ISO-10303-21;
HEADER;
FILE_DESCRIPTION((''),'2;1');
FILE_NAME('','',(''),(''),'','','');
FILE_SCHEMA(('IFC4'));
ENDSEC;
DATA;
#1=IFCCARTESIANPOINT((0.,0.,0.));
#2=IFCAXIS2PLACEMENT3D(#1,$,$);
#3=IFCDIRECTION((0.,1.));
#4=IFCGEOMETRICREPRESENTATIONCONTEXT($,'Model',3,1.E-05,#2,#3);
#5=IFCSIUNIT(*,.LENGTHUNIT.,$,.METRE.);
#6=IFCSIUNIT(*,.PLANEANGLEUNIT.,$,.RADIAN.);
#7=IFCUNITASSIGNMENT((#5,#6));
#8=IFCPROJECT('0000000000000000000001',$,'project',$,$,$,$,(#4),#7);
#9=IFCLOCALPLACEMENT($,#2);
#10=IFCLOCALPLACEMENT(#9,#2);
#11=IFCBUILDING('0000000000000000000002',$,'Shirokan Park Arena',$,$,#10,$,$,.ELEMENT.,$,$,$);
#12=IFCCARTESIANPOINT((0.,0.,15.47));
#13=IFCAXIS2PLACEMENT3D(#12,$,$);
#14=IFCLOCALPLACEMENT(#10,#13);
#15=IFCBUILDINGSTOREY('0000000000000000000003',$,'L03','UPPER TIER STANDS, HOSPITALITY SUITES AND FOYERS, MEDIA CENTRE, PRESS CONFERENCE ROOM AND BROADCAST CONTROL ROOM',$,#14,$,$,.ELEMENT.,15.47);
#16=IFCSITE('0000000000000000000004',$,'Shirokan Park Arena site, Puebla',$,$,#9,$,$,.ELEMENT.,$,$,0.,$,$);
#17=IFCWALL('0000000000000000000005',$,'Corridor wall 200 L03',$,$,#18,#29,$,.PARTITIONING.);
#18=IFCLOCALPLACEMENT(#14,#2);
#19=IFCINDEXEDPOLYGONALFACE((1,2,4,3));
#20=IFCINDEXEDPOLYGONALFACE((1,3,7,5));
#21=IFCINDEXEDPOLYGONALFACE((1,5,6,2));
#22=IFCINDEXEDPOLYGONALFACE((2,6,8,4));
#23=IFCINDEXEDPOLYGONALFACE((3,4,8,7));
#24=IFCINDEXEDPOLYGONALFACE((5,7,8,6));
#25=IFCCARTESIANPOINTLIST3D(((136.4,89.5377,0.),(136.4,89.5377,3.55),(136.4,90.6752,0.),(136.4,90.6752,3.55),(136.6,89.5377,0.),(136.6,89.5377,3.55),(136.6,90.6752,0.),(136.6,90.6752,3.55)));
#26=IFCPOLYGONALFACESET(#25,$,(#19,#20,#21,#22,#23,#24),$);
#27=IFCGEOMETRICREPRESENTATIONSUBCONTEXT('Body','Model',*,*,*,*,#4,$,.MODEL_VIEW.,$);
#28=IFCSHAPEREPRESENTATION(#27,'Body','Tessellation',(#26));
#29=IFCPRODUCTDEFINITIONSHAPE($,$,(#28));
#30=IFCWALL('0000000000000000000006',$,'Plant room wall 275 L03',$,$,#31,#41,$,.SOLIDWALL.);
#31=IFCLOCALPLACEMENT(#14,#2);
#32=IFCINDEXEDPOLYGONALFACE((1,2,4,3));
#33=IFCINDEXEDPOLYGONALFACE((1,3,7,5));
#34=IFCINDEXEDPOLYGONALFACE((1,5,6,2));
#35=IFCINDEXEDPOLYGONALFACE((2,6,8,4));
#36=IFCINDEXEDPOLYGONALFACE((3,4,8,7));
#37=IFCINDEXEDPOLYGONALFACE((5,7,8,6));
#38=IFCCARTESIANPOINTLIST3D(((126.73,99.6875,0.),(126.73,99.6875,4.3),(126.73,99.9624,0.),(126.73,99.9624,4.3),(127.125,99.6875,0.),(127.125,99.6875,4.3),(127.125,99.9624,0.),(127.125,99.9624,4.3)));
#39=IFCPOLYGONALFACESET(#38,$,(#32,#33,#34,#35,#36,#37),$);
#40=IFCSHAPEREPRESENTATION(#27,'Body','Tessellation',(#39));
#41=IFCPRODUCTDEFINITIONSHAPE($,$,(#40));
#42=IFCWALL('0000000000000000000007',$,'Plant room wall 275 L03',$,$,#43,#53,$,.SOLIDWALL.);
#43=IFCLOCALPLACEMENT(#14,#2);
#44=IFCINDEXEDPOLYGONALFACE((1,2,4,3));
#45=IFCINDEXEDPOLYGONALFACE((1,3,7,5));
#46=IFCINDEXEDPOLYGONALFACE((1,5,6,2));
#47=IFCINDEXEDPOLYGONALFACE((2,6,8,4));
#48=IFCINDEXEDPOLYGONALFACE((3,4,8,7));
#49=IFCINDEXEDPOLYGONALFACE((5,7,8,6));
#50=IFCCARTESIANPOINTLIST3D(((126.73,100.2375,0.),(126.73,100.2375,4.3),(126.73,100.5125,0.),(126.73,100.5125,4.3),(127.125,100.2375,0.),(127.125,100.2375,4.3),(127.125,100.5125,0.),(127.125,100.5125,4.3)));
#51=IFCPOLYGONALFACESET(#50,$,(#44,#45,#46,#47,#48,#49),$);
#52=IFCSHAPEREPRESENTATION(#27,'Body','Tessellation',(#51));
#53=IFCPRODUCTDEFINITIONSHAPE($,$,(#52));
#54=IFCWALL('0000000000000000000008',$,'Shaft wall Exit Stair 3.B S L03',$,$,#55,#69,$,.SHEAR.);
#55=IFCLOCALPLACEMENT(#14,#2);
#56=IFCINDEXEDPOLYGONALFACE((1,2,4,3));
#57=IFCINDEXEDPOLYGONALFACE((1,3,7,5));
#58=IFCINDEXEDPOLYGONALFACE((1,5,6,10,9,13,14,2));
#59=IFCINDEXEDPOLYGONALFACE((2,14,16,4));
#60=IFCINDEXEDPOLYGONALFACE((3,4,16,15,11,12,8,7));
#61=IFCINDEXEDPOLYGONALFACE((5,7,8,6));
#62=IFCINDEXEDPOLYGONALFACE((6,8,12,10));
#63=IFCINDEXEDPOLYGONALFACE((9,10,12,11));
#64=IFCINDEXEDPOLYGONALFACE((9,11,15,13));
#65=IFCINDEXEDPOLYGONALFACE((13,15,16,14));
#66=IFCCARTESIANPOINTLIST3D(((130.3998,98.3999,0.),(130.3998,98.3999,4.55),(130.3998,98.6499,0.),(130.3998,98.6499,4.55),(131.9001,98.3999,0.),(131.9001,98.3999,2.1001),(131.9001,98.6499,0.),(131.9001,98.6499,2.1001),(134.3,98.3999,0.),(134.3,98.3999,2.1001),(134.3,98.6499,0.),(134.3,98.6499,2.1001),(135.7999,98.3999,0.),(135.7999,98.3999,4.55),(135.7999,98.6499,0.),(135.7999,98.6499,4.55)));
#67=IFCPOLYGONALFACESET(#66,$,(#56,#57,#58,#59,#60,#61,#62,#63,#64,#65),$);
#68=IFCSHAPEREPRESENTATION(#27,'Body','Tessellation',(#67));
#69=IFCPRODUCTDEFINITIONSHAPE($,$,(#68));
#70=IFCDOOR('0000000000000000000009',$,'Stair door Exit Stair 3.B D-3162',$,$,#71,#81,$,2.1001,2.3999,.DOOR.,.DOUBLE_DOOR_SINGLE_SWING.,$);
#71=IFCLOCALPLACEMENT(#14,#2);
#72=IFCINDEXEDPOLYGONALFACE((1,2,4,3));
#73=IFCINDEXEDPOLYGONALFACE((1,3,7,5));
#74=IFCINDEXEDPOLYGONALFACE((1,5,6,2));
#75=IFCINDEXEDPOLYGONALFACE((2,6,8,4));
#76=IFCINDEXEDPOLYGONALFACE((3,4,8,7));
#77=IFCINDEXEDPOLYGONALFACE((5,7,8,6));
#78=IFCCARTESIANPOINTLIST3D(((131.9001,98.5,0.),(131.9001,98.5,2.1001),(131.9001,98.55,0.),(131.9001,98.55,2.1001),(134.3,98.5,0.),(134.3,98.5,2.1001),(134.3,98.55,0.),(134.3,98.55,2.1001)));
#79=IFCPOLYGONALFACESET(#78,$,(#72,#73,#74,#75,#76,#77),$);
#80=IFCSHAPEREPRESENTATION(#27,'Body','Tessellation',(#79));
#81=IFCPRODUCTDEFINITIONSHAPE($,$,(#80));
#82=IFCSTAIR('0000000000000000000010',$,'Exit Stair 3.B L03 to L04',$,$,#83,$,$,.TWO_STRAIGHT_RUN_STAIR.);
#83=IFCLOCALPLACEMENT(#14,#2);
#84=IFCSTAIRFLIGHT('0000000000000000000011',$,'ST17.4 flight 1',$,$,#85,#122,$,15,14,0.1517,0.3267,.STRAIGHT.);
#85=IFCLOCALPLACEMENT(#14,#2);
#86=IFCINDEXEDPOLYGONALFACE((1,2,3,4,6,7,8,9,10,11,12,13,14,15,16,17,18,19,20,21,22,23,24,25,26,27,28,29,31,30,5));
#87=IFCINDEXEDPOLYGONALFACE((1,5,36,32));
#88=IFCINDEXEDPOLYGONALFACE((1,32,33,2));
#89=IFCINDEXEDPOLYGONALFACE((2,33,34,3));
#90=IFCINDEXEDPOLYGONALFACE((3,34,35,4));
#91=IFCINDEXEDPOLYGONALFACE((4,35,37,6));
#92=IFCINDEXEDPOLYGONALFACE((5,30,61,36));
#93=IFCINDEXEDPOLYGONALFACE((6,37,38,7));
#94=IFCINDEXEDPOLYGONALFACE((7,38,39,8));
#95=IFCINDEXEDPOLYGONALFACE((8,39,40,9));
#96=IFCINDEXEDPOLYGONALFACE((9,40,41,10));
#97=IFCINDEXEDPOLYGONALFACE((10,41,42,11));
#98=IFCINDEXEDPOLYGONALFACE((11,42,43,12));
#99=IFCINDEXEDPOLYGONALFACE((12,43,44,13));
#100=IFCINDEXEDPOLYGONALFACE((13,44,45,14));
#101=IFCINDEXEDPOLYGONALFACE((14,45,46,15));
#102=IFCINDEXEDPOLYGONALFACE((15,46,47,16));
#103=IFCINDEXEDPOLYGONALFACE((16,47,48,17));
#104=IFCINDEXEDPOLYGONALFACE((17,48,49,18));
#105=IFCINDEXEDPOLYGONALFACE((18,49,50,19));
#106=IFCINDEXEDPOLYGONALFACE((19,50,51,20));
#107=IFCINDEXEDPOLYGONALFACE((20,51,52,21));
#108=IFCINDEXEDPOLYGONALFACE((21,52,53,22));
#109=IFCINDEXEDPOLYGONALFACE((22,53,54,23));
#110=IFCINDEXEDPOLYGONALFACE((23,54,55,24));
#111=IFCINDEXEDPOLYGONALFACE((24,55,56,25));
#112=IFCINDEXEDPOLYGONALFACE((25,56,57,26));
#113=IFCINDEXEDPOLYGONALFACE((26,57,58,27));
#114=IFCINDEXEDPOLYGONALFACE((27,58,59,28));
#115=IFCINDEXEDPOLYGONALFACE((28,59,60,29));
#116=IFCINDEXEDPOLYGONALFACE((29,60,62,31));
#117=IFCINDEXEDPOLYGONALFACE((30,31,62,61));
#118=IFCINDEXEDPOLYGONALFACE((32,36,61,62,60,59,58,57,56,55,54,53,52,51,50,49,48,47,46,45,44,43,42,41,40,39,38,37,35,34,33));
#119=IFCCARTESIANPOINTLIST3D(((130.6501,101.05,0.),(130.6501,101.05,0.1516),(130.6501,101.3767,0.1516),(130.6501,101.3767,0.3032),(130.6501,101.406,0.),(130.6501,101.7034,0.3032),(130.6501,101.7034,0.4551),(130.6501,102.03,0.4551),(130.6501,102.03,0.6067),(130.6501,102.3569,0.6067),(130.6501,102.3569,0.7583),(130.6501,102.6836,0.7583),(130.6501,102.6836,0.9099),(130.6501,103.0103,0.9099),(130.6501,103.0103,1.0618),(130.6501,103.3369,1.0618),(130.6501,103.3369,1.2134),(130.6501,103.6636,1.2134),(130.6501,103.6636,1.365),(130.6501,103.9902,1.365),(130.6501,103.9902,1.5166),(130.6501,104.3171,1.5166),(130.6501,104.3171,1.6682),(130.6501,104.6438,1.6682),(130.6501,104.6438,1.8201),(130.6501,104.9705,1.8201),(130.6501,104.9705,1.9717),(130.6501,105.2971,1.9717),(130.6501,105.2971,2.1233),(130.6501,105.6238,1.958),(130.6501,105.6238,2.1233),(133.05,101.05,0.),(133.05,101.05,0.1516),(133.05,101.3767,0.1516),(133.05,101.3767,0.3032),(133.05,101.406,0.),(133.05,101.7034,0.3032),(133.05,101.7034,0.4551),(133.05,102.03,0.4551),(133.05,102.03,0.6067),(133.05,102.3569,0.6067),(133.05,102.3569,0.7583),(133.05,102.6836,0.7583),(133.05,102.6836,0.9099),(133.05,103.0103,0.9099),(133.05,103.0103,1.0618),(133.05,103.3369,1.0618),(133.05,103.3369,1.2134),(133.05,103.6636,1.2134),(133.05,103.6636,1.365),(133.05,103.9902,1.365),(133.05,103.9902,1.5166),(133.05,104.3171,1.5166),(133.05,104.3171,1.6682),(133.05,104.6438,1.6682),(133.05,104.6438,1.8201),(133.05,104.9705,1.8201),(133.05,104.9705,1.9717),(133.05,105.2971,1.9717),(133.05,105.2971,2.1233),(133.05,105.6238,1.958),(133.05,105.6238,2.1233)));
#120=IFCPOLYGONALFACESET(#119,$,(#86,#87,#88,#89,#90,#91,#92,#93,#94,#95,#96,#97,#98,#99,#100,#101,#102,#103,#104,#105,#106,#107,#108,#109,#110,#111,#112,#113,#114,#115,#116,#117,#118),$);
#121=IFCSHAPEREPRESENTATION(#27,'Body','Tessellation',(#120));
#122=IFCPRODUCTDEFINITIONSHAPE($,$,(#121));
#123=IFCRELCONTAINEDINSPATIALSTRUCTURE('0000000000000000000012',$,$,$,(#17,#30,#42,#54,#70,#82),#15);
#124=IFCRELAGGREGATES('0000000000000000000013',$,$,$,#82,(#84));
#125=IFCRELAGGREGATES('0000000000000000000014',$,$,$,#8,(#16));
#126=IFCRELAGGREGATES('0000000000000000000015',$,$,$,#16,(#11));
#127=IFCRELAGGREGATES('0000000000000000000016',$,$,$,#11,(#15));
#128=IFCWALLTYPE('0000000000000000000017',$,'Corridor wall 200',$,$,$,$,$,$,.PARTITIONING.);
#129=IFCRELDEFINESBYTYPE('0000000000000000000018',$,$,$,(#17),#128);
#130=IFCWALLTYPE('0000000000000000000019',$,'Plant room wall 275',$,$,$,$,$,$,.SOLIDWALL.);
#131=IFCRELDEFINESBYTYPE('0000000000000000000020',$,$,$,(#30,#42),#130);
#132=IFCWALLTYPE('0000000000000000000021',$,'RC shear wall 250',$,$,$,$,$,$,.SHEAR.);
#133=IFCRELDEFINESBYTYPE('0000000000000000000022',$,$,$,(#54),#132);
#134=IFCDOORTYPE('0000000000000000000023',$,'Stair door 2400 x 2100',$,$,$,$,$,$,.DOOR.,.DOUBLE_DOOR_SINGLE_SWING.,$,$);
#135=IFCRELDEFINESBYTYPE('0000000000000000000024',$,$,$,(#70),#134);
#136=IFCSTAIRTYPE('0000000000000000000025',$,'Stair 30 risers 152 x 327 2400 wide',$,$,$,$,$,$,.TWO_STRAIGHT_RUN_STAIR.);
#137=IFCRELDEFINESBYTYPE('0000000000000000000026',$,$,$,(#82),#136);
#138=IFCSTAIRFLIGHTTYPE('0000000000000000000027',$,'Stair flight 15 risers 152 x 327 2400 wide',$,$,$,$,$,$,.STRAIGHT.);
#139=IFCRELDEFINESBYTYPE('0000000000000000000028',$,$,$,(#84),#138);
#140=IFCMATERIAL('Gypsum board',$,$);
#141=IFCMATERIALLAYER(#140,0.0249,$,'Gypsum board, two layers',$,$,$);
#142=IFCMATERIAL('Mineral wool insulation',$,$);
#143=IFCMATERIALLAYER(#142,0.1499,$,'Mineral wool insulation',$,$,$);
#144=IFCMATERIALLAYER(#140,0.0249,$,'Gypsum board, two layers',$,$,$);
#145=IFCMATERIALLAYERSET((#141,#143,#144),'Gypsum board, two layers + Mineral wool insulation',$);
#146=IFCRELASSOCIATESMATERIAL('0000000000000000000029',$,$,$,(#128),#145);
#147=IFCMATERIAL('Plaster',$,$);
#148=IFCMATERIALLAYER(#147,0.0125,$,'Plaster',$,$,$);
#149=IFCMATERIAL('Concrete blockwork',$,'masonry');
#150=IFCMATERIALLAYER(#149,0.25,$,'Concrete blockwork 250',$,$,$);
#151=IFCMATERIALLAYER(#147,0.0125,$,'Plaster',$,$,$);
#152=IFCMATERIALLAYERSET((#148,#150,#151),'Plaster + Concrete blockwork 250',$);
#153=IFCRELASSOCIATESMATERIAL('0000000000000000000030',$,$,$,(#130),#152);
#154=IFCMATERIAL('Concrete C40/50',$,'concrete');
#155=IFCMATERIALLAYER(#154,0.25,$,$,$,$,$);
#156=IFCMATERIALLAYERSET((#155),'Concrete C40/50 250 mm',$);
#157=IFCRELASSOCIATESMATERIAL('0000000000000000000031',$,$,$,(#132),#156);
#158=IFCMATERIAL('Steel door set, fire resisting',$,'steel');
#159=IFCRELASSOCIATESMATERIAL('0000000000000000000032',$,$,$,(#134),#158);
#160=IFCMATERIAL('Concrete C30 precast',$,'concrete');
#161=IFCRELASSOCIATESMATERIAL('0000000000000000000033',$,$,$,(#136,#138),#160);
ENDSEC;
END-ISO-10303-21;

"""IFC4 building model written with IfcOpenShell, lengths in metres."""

from ifc_helpers import new_model, si_unit, direction, frame, frame_2d, origin, place, context, subcontext, project, spatial, polyline, rectangle, outline, extrude, material, layer, layer_set, type_object, element, fill, aggregate, save


model = new_model("IFC4")

# Units and contexts
model_context = context("Model", 3, precision=1e-05, world=origin(), true_north=direction((0.0, 1.0)))
body_context = subcontext(model_context, "Body", "Model", "MODEL_VIEW")
ifc_project = project(units=[si_unit("LENGTHUNIT", "METRE"), si_unit("PLANEANGLEUNIT", "RADIAN")], contexts=[model_context])

# Site, building, storey
site_placement = place(None, origin())
site = spatial("IfcSite", under=ifc_project, at=site_placement, Name="Shirokan Park Arena site, Puebla", CompositionType="ELEMENT", RefElevation=0.0)
building_placement = place(site_placement, origin())
building = spatial("IfcBuilding", under=site, at=building_placement, Name="Shirokan Park Arena", CompositionType="ELEMENT")
storey_placement = place(building_placement, frame((0.0, 0.0, 15.47)))
storey = spatial("IfcBuildingStorey", under=building, at=storey_placement, Name="L03", Description="UPPER TIER STANDS, HOSPITALITY SUITES AND FOYERS, MEDIA CENTRE, PRESS CONFERENCE ROOM AND BROADCAST CONTROL ROOM", CompositionType="ELEMENT", Elevation=15.47)

# Shared definitions
ifc_material_1 = material(Name="Plaster")
ifc_material_2 = material(Name="Concrete blockwork", Category="masonry")

# Shared definitions
ifc_material_3 = material(Name="Gypsum board")
ifc_layer_1 = layer(ifc_material_3, 0.0249, Name="Gypsum board, two layers")
ifc_material_4 = material(Name="Mineral wool insulation")
ifc_layer_2 = layer(ifc_material_4, 0.1499, Name="Mineral wool insulation")
ifc_layer_3 = layer(ifc_material_3, 0.0249, Name="Gypsum board, two layers")
ifc_layer_set_1 = layer_set([ifc_layer_1, ifc_layer_2, ifc_layer_3], Name="Gypsum board, two layers + Mineral wool insulation")
wall_type_1 = type_object("IfcWallType", Name="Corridor wall 200", PredefinedType="PARTITIONING", material=ifc_layer_set_1)

# Wall
wall_1_placement = place(storey_placement, frame((136.5, 89.5376, 0.0), z_axis=(0.0, 0.0, 1.0), x_axis=(0.0, 1.0, 0.0)))
element("IfcWall", 1, at=wall_1_placement, inside=storey, type_object=wall_type_1, Name="Corridor wall 200 L03", PredefinedType="PARTITIONING", context=body_context, shape_type="SweptSolid", body=[
    extrude(rectangle(XDim=1.1375, YDim=0.2, at=frame_2d((0.5688, 0.0))), origin(), (0.0, 0.0, 1.0), 3.55),
])

# Walls
ifc_layer_4 = layer(ifc_material_1, 0.0125, Name="Plaster")
ifc_layer_5 = layer(ifc_material_2, 0.25, Name="Concrete blockwork 250")
ifc_layer_6 = layer(ifc_material_1, 0.0125, Name="Plaster")
ifc_layer_set_2 = layer_set([ifc_layer_4, ifc_layer_5, ifc_layer_6], Name="Plaster + Concrete blockwork 250")
wall_type_2 = type_object("IfcWallType", Name="Plant room wall 275", PredefinedType="SOLIDWALL", material=ifc_layer_set_2)
for number, where, z_axis, x_axis, name in (
    (2, (126.73, 99.825, 0.0), (0.0, 0.0, 1.0), (1.0, 0.0, 0.0), "Plant room wall 275 L03"),
    (3, (127.125, 100.375, 0.0), (0.0, 0.0, 1.0), (-1.0, 0.0, 0.0), "Plant room wall 275 L03"),
):
    element("IfcWall", number, at=place(storey_placement, frame(where, z_axis=z_axis, x_axis=x_axis)), inside=storey, type_object=wall_type_2, Name=name, PredefinedType="SOLIDWALL", context=body_context, shape_type="SweptSolid", body=[
        extrude(rectangle(XDim=0.395, YDim=0.2749, at=frame_2d((0.1975, 0.0))), origin(), (0.0, 0.0, 1.0), 4.3),
    ])

# Wall, opening, door
ifc_material_5 = material(Name="Concrete C40/50", Category="concrete")
ifc_layer_7 = layer(ifc_material_5, 0.25)
ifc_layer_set_3 = layer_set([ifc_layer_7], Name="Concrete C40/50 250 mm")
wall_type_3 = type_object("IfcWallType", Name="RC shear wall 250", PredefinedType="SHEAR", material=ifc_layer_set_3)
wall_2_placement = place(storey_placement, frame((135.8, 98.5249, 0.0), z_axis=(0.0, 0.0, 1.0), x_axis=(-1.0, 0.0, 0.0)))
wall_2 = element("IfcWall", 4, at=wall_2_placement, inside=storey, type_object=wall_type_3, Name="Shaft wall Exit Stair 3.B S L03", PredefinedType="SHEAR", context=body_context, shape_type="SweptSolid", body=[
    extrude(rectangle(XDim=5.4001, YDim=0.25, at=frame_2d((2.7002, 0.0))), origin(), (0.0, 0.0, 1.0), 4.55),
])
opening_1_placement = place(wall_2_placement, frame((1.5, 0.0, 0.0)))
opening_1 = element("IfcOpeningElement", 5, at=opening_1_placement, cuts=wall_2, PredefinedType="OPENING", context=body_context, shape_type="SweptSolid", body=[
    extrude(rectangle(XDim=2.3999, YDim=2.1001, at=frame_2d((1.2, 1.05))), frame((0.0, 0.135, 0.0), z_axis=(0.0, -1.0, 0.0), x_axis=(1.0, 0.0, 0.0)), (0.0, 0.0, 1.0), 0.27),
])
ifc_material_6 = material(Name="Steel door set, fire resisting", Category="steel")
door_type_1 = type_object("IfcDoorType", Name="Stair door 2400 x 2100", OperationType="DOUBLE_DOOR_SINGLE_SWING", PredefinedType="DOOR", material=ifc_material_6)
door_1_placement = place(opening_1_placement, origin())
door_1 = element("IfcDoor", 6, at=door_1_placement, inside=storey, type_object=door_type_1, Name="Stair door Exit Stair 3.B D-3162", OperationType="DOUBLE_DOOR_SINGLE_SWING", OverallHeight=2.1001, OverallWidth=2.3999, PredefinedType="DOOR", context=body_context, shape_type="SweptSolid", body=[
    extrude(rectangle(XDim=2.3999, YDim=2.1001, at=frame_2d((1.2, 1.05))), frame((0.0, 0.0249, 0.0), z_axis=(0.0, -1.0, 0.0), x_axis=(1.0, 0.0, 0.0)), (0.0, 0.0, 1.0), 0.05),
])
fill(opening_1, door_1)

# Stair, stair flight
ifc_material_7 = material(Name="Concrete C30 precast", Category="concrete")
stair_type = type_object("IfcStairType", Name="Stair 30 risers 152 x 327 2400 wide", PredefinedType="TWO_STRAIGHT_RUN_STAIR", material=ifc_material_7)
stair_placement = place(storey_placement, origin())
stair = element("IfcStair", 7, at=stair_placement, inside=storey, type_object=stair_type, Name="Exit Stair 3.B L03 to L04", PredefinedType="TWO_STRAIGHT_RUN_STAIR")
stair_flight_type = type_object("IfcStairFlightType", Name="Stair flight 15 risers 152 x 327 2400 wide", PredefinedType="STRAIGHT", material=ifc_material_7)
stair_flight_placement = place(storey_placement, frame((131.8501, 101.05, 0.0), z_axis=(0.0, 0.0, 1.0), x_axis=(0.0, 1.0, 0.0)))
stair_flight = element("IfcStairFlight", 8, at=stair_flight_placement, type_object=stair_flight_type, Name="ST17.4 flight 1", NumberOfRisers=15, NumberOfTreads=14, PredefinedType="STRAIGHT", RiserHeight=0.1517, TreadLength=0.3267, context=body_context, shape_type="SweptSolid", body=[
    extrude(outline(polyline([(0.0, 0.0), (0.0, 0.1516), (0.3267, 0.1516), (0.3267, 0.3032), (0.6533, 0.3032), (0.6533, 0.4551), (0.98, 0.4551), (0.98, 0.6067), (1.3069, 0.6067), (1.3069, 0.7583), (1.6335, 0.7583), (1.6335, 0.9099), (1.9602, 0.9099), (1.9602, 1.0618), (2.2869, 1.0618), (2.2869, 1.2134), (2.6135, 1.2134), (2.6135, 1.365), (2.9402, 1.365), (2.9402, 1.5166), (3.2671, 1.5166), (3.2671, 1.6682), (3.5938, 1.6682), (3.5938, 1.8201), (3.9204, 1.8201), (3.9204, 1.9717), (4.2471, 1.9717), (4.2471, 2.1233), (4.5737, 2.1233), (4.5737, 2.2749), (4.5737, 1.958), (0.356, 0.0), (0.0, 0.0)])), frame((0.0, 1.2, 0.0), z_axis=(0.0, -1.0, 0.0), x_axis=(1.0, 0.0, 0.0)), (0.0, 0.0, 1.0), 2.3999),
])
aggregate(stair, [stair_flight])

save(model, "model.ifc")
